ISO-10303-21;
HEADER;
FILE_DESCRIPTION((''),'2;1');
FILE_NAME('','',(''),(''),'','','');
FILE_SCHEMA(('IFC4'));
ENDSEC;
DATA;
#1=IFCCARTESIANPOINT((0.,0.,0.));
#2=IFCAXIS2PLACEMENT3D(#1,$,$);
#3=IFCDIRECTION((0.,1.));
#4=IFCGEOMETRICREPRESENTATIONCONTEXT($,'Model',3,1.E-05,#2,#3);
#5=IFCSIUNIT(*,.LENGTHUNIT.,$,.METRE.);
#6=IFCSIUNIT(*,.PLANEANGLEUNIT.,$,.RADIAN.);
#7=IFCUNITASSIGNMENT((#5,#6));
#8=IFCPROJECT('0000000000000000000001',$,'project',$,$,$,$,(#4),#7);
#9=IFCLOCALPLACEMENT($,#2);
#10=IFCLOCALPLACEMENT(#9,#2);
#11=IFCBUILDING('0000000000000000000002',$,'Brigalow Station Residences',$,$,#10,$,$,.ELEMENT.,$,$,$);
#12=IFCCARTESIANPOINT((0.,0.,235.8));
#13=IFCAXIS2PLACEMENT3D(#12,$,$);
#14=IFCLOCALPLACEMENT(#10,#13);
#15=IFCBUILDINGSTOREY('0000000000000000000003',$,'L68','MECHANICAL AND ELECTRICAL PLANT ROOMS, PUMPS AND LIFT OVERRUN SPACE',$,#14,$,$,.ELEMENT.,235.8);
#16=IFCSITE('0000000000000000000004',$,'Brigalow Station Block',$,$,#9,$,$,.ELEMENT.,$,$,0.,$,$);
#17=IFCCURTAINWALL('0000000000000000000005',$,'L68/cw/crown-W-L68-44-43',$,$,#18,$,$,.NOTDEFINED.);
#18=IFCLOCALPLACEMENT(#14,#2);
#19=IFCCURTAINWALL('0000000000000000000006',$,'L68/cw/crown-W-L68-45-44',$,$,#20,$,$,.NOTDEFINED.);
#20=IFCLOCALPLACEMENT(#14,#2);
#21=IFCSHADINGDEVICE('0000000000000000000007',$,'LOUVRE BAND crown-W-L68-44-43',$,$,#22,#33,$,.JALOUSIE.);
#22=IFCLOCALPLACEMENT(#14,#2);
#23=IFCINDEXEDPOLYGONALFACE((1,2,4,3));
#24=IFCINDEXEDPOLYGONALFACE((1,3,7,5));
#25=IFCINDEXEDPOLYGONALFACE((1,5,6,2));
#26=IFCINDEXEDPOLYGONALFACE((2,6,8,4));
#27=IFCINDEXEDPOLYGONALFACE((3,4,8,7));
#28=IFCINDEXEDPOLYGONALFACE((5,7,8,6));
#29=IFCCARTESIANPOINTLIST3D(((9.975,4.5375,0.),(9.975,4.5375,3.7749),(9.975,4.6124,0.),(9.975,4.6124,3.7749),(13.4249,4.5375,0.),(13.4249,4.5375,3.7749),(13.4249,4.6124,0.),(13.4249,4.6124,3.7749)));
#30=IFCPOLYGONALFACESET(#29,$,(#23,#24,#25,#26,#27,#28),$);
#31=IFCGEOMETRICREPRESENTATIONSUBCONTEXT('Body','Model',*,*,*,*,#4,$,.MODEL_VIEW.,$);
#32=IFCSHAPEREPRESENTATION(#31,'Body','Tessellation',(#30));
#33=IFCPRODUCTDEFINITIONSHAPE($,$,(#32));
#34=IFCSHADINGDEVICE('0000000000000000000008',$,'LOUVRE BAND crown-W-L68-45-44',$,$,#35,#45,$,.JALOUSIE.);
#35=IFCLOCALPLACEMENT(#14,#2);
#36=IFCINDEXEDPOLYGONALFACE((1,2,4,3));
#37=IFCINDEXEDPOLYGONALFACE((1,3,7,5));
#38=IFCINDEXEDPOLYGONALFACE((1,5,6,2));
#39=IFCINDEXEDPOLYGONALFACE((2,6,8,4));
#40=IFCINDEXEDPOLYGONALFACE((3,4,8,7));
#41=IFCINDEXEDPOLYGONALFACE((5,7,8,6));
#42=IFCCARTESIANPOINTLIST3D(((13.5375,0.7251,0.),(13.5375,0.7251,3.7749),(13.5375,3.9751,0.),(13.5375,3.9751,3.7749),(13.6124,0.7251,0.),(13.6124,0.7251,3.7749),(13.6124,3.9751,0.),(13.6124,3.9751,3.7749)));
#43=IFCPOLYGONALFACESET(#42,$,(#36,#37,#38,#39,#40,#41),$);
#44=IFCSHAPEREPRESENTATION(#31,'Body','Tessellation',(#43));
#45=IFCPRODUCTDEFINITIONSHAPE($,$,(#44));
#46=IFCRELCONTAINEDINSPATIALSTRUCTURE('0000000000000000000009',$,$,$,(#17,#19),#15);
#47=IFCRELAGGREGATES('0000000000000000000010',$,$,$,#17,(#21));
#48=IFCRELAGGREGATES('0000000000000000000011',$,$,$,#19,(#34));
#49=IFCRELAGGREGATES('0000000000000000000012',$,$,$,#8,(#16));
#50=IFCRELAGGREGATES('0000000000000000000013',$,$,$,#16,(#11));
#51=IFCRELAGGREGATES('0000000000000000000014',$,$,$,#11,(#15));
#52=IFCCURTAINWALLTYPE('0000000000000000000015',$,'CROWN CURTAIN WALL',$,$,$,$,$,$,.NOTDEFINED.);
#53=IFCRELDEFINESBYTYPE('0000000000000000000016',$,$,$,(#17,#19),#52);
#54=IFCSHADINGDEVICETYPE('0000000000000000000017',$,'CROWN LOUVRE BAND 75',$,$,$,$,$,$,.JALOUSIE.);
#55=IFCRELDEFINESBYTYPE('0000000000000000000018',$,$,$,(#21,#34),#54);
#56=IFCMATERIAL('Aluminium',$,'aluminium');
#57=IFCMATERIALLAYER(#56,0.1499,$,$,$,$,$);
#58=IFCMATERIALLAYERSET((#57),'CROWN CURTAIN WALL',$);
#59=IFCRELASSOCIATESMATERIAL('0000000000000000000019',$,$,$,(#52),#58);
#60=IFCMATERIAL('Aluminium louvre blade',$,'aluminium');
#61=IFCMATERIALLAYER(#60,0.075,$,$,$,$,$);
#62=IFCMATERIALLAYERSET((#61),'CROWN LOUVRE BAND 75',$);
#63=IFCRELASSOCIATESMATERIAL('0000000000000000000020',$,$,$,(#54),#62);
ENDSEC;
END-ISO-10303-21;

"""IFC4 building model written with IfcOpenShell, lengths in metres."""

from ifc_helpers import new_model, si_unit, direction, frame, origin, origin_2d, place, context, subcontext, project, spatial, rectangle, extrude, material, layer, layer_set, type_object, element, aggregate, save


model = new_model("IFC4")

# Units and contexts
model_context = context("Model", 3, precision=1e-05, world=origin(), true_north=direction((0.0, 1.0)))
body_context = subcontext(model_context, "Body", "Model", "MODEL_VIEW")
ifc_project = project(units=[si_unit("LENGTHUNIT", "METRE"), si_unit("PLANEANGLEUNIT", "RADIAN")], contexts=[model_context])

# Site, building, storey
site_placement = place(None, origin())
site = spatial("IfcSite", under=ifc_project, at=site_placement, Name="Brigalow Station Block", CompositionType="ELEMENT", RefElevation=0.0)
building_placement = place(site_placement, origin())
building = spatial("IfcBuilding", under=site, at=building_placement, Name="Brigalow Station Residences", CompositionType="ELEMENT")
storey_placement = place(building_placement, frame((0.0, 0.0, 235.8)))
storey = spatial("IfcBuildingStorey", under=building, at=storey_placement, Name="L68", Description="MECHANICAL AND ELECTRICAL PLANT ROOMS, PUMPS AND LIFT OVERRUN SPACE", CompositionType="ELEMENT", Elevation=235.8)

# Shared definitions
ifc_material_1 = material(Name="Aluminium", Category="aluminium")
ifc_layer_1 = layer(ifc_material_1, 0.1499)
ifc_layer_set_1 = layer_set([ifc_layer_1], Name="CROWN CURTAIN WALL")
curtain_wall_type = type_object("IfcCurtainWallType", Name="CROWN CURTAIN WALL", PredefinedType="NOTDEFINED", material=ifc_layer_set_1)

# Curtain walls
curtain_wall_1_placement = place(storey_placement, origin())
curtain_wall_1 = element("IfcCurtainWall", 1, at=curtain_wall_1_placement, inside=storey, type_object=curtain_wall_type, Name="L68/cw/crown-W-L68-44-43", PredefinedType="NOTDEFINED")
curtain_wall_2_placement = place(storey_placement, origin())
curtain_wall_2 = element("IfcCurtainWall", 2, at=curtain_wall_2_placement, inside=storey, type_object=curtain_wall_type, Name="L68/cw/crown-W-L68-45-44", PredefinedType="NOTDEFINED")

# Shading devices
ifc_material_2 = material(Name="Aluminium louvre blade", Category="aluminium")
ifc_layer_2 = layer(ifc_material_2, 0.075)
ifc_layer_set_2 = layer_set([ifc_layer_2], Name="CROWN LOUVRE BAND 75")
shading_device_type = type_object("IfcShadingDeviceType", Name="CROWN LOUVRE BAND 75", PredefinedType="JALOUSIE", material=ifc_layer_set_2)
shading_device_1_placement = place(storey_placement, frame((11.7, 4.575, 0.0), z_axis=(0.0, 0.0, 1.0), x_axis=(1.0, 0.0, 0.0)))
shading_device_1 = element("IfcShadingDevice", 3, at=shading_device_1_placement, type_object=shading_device_type, Name="LOUVRE BAND crown-W-L68-44-43", PredefinedType="JALOUSIE", context=body_context, shape_type="SweptSolid", body=[
    extrude(rectangle(XDim=3.45, YDim=0.075, at=origin_2d()), origin(), (0.0, 0.0, 1.0), 3.7749),
])
aggregate(curtain_wall_1, [shading_device_1])
shading_device_2_placement = place(storey_placement, frame((13.575, 2.3501, 0.0), z_axis=(0.0, 0.0, 1.0), x_axis=(0.0, -1.0, 0.0)))
shading_device_2 = element("IfcShadingDevice", 4, at=shading_device_2_placement, type_object=shading_device_type, Name="LOUVRE BAND crown-W-L68-45-44", PredefinedType="JALOUSIE", context=body_context, shape_type="SweptSolid", body=[
    extrude(rectangle(XDim=3.25, YDim=0.075, at=origin_2d()), origin(), (0.0, 0.0, 1.0), 3.7749),
])
aggregate(curtain_wall_2, [shading_device_2])

save(model, "model.ifc")
